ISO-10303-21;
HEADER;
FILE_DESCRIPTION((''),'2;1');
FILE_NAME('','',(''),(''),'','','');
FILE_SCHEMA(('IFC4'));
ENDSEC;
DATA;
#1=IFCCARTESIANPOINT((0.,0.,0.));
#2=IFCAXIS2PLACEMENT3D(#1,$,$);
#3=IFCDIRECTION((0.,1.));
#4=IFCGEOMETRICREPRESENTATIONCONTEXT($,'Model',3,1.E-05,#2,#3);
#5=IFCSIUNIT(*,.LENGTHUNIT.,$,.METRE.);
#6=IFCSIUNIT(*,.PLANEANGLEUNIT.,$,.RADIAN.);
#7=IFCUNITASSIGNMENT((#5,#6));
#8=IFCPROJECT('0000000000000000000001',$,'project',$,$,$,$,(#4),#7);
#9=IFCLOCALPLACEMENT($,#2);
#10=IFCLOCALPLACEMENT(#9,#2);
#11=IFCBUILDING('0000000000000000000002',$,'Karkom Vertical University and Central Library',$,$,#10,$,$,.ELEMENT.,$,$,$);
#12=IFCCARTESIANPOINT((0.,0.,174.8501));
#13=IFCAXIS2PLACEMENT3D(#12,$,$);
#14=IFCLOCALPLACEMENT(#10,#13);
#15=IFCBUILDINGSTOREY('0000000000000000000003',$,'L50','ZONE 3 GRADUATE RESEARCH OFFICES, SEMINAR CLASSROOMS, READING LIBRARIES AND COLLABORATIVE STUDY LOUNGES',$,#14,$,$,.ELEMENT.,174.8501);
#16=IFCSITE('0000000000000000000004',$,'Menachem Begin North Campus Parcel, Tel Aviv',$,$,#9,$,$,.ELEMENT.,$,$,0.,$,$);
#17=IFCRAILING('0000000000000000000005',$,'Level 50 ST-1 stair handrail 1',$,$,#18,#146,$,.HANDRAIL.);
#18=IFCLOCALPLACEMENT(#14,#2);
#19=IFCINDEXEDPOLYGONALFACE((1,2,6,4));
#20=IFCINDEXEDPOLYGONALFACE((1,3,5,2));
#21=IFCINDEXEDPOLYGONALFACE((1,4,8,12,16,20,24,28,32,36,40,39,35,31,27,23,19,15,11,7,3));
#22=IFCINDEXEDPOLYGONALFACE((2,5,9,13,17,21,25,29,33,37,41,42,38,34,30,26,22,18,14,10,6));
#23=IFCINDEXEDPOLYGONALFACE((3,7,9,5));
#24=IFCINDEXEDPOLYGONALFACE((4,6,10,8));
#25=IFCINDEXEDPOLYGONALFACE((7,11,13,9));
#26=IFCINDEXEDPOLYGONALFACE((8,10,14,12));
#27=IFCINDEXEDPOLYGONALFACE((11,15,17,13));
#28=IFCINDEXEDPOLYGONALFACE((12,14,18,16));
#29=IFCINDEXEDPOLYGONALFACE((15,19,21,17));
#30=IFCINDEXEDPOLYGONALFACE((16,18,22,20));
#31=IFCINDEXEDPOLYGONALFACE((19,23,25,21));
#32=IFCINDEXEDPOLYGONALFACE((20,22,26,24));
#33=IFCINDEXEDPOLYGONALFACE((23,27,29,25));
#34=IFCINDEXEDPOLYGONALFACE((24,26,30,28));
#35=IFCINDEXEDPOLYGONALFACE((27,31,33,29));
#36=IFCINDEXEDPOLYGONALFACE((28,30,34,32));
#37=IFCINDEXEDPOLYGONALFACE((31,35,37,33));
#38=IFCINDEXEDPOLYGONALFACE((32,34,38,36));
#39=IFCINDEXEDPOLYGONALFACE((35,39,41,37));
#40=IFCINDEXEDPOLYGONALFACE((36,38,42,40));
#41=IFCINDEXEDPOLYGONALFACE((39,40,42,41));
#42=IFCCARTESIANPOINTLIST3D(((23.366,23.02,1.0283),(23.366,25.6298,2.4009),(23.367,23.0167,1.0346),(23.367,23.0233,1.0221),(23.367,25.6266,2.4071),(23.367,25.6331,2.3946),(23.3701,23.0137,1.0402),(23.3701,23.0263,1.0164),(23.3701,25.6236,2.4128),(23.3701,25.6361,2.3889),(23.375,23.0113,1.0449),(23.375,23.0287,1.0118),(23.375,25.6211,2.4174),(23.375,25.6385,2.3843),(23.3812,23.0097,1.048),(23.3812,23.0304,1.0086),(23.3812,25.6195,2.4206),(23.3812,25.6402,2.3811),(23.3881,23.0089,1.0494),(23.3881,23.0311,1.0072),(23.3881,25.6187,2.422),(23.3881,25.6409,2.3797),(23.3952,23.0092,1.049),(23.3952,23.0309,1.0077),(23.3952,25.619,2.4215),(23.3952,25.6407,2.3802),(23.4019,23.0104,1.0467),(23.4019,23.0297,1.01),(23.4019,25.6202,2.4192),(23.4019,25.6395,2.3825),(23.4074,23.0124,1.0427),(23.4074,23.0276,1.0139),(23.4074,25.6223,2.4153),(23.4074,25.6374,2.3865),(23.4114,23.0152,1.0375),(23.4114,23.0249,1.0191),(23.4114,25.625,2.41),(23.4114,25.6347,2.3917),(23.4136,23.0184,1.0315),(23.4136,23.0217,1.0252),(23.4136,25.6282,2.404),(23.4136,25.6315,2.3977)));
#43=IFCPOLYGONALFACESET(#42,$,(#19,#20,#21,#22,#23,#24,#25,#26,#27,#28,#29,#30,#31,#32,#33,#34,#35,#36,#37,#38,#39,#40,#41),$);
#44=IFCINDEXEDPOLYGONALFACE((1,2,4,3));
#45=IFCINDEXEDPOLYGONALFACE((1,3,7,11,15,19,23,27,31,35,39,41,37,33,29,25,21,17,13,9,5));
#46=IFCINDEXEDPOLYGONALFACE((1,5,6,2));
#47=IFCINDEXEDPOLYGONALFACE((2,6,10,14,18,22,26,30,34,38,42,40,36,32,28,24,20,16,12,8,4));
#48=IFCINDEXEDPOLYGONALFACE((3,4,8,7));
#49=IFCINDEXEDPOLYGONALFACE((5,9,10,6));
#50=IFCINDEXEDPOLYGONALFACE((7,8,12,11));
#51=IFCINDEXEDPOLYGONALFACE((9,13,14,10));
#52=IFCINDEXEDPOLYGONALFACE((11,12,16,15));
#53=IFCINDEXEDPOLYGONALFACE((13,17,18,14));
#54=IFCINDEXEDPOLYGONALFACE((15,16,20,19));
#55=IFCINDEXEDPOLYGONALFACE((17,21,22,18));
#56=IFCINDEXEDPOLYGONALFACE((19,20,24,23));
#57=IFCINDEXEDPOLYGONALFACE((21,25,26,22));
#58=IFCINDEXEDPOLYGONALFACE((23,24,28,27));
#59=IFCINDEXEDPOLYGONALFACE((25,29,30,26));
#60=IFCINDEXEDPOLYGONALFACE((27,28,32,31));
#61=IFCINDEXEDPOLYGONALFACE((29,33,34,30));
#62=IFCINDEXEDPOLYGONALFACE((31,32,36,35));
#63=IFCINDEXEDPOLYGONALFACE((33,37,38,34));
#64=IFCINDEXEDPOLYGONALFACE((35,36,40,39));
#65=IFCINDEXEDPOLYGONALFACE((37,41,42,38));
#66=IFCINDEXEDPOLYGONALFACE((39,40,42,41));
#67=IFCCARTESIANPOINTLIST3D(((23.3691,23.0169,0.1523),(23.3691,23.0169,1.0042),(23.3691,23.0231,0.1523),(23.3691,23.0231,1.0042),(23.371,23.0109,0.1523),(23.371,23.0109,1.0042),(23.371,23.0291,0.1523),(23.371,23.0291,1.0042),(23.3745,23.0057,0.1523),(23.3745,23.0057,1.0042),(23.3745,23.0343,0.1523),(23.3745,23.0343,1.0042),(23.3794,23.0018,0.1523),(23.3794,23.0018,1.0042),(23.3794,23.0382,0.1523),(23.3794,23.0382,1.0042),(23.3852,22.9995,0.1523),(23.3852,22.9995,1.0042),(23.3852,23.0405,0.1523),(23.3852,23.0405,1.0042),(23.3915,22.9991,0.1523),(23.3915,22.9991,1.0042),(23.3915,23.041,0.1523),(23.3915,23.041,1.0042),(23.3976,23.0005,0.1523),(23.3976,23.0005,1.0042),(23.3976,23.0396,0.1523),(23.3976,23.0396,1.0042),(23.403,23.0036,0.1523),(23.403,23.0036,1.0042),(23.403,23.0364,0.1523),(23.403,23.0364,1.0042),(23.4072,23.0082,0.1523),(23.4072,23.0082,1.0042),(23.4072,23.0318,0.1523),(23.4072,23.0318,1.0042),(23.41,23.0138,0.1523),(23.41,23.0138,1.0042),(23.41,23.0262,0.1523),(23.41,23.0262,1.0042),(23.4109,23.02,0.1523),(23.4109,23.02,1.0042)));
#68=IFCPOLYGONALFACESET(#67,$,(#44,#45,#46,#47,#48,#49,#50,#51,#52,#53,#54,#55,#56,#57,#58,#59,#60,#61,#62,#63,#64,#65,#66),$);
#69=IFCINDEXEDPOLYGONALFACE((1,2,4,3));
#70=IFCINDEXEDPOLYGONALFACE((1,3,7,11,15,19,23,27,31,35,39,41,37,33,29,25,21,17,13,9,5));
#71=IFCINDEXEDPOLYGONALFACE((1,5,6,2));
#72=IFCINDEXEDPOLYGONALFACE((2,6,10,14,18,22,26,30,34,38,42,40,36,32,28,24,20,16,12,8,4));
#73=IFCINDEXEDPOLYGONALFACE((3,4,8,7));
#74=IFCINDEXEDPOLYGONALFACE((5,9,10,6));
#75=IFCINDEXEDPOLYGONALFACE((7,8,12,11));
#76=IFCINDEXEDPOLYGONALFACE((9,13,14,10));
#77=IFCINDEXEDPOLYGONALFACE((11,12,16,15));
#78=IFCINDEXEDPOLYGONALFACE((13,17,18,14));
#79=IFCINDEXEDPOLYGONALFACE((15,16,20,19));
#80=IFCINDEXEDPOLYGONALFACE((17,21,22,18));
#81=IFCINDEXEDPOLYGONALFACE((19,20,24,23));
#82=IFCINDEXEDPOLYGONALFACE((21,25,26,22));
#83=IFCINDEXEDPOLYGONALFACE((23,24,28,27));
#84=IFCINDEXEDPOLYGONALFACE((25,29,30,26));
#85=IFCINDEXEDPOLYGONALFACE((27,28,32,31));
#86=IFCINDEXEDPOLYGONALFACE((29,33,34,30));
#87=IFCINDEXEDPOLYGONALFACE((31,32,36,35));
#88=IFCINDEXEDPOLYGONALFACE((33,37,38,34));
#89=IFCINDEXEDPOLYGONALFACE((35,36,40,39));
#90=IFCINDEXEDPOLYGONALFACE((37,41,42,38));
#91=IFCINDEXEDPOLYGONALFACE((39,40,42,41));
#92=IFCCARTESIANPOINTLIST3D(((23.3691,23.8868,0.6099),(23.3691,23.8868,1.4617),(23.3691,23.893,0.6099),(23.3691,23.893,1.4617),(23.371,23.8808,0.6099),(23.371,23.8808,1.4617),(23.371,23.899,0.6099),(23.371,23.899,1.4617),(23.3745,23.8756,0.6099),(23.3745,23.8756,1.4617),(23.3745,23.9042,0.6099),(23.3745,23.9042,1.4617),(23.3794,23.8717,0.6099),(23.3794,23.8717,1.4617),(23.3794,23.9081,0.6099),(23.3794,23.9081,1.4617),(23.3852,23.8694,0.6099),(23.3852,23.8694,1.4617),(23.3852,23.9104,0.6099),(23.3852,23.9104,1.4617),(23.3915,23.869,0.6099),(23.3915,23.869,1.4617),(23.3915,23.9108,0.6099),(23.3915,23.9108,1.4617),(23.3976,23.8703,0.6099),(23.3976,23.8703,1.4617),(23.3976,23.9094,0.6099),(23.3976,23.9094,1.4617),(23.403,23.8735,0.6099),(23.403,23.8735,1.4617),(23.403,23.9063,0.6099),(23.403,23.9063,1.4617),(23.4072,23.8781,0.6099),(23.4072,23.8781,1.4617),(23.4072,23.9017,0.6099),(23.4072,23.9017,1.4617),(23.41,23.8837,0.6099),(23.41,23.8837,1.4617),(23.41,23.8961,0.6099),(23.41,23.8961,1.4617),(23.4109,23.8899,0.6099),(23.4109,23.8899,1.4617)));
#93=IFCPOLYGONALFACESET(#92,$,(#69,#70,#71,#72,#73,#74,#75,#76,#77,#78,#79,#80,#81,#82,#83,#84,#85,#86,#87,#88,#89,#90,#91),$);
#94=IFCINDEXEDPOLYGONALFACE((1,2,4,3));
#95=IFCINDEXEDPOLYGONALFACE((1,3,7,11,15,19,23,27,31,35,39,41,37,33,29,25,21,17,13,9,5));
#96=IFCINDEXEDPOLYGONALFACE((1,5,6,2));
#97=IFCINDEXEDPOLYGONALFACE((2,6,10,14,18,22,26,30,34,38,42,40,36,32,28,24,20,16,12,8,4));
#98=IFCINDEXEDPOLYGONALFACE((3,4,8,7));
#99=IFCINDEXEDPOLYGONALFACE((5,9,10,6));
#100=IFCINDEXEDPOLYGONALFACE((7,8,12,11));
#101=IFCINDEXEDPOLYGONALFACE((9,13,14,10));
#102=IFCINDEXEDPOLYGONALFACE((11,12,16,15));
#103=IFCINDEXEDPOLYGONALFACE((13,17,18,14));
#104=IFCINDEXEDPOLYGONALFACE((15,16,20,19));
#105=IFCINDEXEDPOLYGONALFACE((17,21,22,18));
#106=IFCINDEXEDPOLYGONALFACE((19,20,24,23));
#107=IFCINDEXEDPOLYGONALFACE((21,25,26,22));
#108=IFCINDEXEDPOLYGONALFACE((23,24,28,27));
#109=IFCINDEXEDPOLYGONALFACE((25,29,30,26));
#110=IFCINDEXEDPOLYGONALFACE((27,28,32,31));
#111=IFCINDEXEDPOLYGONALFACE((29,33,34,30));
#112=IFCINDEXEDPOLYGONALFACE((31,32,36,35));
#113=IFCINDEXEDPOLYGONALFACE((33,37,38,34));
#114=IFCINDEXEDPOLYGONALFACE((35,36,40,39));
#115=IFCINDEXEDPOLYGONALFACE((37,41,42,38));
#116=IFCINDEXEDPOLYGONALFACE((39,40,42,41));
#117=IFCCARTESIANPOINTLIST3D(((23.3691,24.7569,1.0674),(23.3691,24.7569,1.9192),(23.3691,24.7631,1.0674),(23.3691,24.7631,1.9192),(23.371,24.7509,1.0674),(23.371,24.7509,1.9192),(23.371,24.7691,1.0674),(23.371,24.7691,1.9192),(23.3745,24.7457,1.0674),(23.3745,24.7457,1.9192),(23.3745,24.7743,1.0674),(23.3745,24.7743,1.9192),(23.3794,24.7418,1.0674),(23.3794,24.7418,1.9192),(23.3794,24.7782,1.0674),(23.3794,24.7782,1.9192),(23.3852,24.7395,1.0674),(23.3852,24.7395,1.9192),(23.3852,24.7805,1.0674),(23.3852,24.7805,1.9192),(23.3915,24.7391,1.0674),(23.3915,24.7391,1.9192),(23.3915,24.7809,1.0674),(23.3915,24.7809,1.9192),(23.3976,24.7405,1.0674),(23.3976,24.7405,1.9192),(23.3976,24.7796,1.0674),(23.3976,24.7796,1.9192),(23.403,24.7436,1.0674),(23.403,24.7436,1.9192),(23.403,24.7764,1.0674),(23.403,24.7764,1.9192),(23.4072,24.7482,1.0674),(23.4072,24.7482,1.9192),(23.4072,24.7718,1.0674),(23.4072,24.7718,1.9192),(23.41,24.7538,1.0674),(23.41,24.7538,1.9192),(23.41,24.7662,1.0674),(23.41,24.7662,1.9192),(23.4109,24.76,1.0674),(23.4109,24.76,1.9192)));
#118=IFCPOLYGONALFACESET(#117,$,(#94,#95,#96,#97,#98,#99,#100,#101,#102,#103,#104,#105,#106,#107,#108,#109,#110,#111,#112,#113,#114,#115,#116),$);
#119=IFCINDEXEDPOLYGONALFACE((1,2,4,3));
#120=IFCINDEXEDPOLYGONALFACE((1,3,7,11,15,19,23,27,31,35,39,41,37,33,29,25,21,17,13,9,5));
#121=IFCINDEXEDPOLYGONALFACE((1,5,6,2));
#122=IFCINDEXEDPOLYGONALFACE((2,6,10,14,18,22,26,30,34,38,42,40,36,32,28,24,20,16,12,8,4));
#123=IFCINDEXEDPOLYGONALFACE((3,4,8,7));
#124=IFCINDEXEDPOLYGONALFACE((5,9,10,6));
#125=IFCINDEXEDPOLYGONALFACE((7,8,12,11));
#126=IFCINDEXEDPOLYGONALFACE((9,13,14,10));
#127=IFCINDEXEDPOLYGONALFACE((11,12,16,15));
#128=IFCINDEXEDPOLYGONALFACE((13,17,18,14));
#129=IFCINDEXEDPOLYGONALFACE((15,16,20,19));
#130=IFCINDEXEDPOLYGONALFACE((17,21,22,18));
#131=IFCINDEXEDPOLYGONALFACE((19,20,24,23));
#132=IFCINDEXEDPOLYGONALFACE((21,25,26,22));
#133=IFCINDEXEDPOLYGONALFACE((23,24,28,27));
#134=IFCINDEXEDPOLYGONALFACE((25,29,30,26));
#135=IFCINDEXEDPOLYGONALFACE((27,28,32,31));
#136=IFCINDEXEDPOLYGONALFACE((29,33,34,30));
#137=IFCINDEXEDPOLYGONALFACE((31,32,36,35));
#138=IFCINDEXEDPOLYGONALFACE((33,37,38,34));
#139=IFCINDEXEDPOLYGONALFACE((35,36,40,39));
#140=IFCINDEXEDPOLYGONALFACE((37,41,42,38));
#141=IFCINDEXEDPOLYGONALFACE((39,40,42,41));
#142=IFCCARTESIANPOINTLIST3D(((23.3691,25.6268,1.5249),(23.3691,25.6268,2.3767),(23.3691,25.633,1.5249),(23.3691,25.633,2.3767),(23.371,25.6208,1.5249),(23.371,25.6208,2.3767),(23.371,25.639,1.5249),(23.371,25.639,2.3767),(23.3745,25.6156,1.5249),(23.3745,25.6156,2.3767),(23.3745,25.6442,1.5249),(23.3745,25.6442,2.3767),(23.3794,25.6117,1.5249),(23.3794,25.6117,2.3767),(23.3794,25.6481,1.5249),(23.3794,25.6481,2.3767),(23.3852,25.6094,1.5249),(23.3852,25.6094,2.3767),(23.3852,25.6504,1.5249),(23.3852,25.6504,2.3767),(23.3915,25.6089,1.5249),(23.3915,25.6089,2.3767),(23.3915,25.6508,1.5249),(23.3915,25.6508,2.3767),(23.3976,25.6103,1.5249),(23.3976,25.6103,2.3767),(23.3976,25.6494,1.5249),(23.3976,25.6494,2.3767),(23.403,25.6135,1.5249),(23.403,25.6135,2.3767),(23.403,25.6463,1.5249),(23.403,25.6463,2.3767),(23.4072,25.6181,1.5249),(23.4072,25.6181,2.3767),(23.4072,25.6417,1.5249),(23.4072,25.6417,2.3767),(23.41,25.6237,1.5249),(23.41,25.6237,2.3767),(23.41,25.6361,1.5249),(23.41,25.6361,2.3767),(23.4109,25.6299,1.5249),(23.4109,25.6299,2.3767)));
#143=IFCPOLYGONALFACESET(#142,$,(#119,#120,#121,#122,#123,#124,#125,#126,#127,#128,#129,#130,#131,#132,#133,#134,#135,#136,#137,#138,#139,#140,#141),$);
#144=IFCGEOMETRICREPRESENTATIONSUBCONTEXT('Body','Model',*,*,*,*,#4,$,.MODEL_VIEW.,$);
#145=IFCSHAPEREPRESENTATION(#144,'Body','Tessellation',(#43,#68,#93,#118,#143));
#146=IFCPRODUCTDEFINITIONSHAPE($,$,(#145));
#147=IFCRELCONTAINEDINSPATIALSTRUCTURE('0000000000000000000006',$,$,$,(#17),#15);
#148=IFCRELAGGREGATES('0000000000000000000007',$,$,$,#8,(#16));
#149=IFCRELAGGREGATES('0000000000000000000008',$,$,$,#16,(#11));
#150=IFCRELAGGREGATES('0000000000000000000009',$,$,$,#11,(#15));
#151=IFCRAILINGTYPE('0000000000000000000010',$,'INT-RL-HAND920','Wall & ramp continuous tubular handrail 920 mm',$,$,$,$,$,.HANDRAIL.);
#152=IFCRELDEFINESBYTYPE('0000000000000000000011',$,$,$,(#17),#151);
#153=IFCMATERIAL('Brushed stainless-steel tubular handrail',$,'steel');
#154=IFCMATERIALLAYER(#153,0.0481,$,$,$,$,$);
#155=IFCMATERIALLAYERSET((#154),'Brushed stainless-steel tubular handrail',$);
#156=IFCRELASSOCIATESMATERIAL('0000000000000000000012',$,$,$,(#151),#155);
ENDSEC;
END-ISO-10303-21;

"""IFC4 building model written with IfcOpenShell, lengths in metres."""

from ifc_helpers import new_model, si_unit, direction, frame, origin, origin_2d, place, context, subcontext, project, spatial, circle, extrude, material, layer, layer_set, type_object, element, save


model = new_model("IFC4")

# Units and contexts
model_context = context("Model", 3, precision=1e-05, world=origin(), true_north=direction((0.0, 1.0)))
body_context = subcontext(model_context, "Body", "Model", "MODEL_VIEW")
ifc_project = project(units=[si_unit("LENGTHUNIT", "METRE"), si_unit("PLANEANGLEUNIT", "RADIAN")], contexts=[model_context])

# Site, building, storey
site_placement = place(None, origin())
site = spatial("IfcSite", under=ifc_project, at=site_placement, Name="Menachem Begin North Campus Parcel, Tel Aviv", CompositionType="ELEMENT", RefElevation=0.0)
building_placement = place(site_placement, origin())
building = spatial("IfcBuilding", under=site, at=building_placement, Name="Karkom Vertical University and Central Library", CompositionType="ELEMENT")
storey_placement = place(building_placement, frame((0.0, 0.0, 174.8501)))
storey = spatial("IfcBuildingStorey", under=building, at=storey_placement, Name="L50", Description="ZONE 3 GRADUATE RESEARCH OFFICES, SEMINAR CLASSROOMS, READING LIBRARIES AND COLLABORATIVE STUDY LOUNGES", CompositionType="ELEMENT", Elevation=174.8501)

# Railing
ifc_material_1 = material(Name="Brushed stainless-steel tubular handrail", Category="steel")
ifc_layer_1 = layer(ifc_material_1, 0.0481)
ifc_layer_set_1 = layer_set([ifc_layer_1], Name="Brushed stainless-steel tubular handrail")
railing_type_1 = type_object("IfcRailingType", Name="INT-RL-HAND920", Description="Wall & ramp continuous tubular handrail 920 mm", PredefinedType="HANDRAIL", material=ifc_layer_set_1)
railing_1_placement = place(storey_placement, frame((23.3899, 23.02, 0.1523)))
element("IfcRailing", 1, at=railing_1_placement, inside=storey, type_object=railing_type_1, Name="Level 50 ST-1 stair handrail 1", PredefinedType="HANDRAIL", context=body_context, shape_type="SweptSolid", body=[
    extrude(circle(Radius=0.0239, at=origin_2d()), frame((0.0, 0.0, 0.876), z_axis=(0.0, 0.885065, 0.465467), x_axis=(-1.0, 0.0, 0.0)), (0.0, 0.0, 1.0), 2.9487),
    extrude(circle(Radius=0.021, at=origin_2d()), origin(), (0.0, 0.0, 1.0), 0.8518),
    extrude(circle(Radius=0.021, at=origin_2d()), frame((0.0, 0.8699, 0.4575)), (0.0, 0.0, 1.0), 0.8518),
    extrude(circle(Radius=0.021, at=origin_2d()), frame((0.0, 1.74, 0.915)), (0.0, 0.0, 1.0), 0.8518),
    extrude(circle(Radius=0.021, at=origin_2d()), frame((0.0, 2.6099, 1.3726)), (0.0, 0.0, 1.0), 0.8518),
])

save(model, "model.ifc")
